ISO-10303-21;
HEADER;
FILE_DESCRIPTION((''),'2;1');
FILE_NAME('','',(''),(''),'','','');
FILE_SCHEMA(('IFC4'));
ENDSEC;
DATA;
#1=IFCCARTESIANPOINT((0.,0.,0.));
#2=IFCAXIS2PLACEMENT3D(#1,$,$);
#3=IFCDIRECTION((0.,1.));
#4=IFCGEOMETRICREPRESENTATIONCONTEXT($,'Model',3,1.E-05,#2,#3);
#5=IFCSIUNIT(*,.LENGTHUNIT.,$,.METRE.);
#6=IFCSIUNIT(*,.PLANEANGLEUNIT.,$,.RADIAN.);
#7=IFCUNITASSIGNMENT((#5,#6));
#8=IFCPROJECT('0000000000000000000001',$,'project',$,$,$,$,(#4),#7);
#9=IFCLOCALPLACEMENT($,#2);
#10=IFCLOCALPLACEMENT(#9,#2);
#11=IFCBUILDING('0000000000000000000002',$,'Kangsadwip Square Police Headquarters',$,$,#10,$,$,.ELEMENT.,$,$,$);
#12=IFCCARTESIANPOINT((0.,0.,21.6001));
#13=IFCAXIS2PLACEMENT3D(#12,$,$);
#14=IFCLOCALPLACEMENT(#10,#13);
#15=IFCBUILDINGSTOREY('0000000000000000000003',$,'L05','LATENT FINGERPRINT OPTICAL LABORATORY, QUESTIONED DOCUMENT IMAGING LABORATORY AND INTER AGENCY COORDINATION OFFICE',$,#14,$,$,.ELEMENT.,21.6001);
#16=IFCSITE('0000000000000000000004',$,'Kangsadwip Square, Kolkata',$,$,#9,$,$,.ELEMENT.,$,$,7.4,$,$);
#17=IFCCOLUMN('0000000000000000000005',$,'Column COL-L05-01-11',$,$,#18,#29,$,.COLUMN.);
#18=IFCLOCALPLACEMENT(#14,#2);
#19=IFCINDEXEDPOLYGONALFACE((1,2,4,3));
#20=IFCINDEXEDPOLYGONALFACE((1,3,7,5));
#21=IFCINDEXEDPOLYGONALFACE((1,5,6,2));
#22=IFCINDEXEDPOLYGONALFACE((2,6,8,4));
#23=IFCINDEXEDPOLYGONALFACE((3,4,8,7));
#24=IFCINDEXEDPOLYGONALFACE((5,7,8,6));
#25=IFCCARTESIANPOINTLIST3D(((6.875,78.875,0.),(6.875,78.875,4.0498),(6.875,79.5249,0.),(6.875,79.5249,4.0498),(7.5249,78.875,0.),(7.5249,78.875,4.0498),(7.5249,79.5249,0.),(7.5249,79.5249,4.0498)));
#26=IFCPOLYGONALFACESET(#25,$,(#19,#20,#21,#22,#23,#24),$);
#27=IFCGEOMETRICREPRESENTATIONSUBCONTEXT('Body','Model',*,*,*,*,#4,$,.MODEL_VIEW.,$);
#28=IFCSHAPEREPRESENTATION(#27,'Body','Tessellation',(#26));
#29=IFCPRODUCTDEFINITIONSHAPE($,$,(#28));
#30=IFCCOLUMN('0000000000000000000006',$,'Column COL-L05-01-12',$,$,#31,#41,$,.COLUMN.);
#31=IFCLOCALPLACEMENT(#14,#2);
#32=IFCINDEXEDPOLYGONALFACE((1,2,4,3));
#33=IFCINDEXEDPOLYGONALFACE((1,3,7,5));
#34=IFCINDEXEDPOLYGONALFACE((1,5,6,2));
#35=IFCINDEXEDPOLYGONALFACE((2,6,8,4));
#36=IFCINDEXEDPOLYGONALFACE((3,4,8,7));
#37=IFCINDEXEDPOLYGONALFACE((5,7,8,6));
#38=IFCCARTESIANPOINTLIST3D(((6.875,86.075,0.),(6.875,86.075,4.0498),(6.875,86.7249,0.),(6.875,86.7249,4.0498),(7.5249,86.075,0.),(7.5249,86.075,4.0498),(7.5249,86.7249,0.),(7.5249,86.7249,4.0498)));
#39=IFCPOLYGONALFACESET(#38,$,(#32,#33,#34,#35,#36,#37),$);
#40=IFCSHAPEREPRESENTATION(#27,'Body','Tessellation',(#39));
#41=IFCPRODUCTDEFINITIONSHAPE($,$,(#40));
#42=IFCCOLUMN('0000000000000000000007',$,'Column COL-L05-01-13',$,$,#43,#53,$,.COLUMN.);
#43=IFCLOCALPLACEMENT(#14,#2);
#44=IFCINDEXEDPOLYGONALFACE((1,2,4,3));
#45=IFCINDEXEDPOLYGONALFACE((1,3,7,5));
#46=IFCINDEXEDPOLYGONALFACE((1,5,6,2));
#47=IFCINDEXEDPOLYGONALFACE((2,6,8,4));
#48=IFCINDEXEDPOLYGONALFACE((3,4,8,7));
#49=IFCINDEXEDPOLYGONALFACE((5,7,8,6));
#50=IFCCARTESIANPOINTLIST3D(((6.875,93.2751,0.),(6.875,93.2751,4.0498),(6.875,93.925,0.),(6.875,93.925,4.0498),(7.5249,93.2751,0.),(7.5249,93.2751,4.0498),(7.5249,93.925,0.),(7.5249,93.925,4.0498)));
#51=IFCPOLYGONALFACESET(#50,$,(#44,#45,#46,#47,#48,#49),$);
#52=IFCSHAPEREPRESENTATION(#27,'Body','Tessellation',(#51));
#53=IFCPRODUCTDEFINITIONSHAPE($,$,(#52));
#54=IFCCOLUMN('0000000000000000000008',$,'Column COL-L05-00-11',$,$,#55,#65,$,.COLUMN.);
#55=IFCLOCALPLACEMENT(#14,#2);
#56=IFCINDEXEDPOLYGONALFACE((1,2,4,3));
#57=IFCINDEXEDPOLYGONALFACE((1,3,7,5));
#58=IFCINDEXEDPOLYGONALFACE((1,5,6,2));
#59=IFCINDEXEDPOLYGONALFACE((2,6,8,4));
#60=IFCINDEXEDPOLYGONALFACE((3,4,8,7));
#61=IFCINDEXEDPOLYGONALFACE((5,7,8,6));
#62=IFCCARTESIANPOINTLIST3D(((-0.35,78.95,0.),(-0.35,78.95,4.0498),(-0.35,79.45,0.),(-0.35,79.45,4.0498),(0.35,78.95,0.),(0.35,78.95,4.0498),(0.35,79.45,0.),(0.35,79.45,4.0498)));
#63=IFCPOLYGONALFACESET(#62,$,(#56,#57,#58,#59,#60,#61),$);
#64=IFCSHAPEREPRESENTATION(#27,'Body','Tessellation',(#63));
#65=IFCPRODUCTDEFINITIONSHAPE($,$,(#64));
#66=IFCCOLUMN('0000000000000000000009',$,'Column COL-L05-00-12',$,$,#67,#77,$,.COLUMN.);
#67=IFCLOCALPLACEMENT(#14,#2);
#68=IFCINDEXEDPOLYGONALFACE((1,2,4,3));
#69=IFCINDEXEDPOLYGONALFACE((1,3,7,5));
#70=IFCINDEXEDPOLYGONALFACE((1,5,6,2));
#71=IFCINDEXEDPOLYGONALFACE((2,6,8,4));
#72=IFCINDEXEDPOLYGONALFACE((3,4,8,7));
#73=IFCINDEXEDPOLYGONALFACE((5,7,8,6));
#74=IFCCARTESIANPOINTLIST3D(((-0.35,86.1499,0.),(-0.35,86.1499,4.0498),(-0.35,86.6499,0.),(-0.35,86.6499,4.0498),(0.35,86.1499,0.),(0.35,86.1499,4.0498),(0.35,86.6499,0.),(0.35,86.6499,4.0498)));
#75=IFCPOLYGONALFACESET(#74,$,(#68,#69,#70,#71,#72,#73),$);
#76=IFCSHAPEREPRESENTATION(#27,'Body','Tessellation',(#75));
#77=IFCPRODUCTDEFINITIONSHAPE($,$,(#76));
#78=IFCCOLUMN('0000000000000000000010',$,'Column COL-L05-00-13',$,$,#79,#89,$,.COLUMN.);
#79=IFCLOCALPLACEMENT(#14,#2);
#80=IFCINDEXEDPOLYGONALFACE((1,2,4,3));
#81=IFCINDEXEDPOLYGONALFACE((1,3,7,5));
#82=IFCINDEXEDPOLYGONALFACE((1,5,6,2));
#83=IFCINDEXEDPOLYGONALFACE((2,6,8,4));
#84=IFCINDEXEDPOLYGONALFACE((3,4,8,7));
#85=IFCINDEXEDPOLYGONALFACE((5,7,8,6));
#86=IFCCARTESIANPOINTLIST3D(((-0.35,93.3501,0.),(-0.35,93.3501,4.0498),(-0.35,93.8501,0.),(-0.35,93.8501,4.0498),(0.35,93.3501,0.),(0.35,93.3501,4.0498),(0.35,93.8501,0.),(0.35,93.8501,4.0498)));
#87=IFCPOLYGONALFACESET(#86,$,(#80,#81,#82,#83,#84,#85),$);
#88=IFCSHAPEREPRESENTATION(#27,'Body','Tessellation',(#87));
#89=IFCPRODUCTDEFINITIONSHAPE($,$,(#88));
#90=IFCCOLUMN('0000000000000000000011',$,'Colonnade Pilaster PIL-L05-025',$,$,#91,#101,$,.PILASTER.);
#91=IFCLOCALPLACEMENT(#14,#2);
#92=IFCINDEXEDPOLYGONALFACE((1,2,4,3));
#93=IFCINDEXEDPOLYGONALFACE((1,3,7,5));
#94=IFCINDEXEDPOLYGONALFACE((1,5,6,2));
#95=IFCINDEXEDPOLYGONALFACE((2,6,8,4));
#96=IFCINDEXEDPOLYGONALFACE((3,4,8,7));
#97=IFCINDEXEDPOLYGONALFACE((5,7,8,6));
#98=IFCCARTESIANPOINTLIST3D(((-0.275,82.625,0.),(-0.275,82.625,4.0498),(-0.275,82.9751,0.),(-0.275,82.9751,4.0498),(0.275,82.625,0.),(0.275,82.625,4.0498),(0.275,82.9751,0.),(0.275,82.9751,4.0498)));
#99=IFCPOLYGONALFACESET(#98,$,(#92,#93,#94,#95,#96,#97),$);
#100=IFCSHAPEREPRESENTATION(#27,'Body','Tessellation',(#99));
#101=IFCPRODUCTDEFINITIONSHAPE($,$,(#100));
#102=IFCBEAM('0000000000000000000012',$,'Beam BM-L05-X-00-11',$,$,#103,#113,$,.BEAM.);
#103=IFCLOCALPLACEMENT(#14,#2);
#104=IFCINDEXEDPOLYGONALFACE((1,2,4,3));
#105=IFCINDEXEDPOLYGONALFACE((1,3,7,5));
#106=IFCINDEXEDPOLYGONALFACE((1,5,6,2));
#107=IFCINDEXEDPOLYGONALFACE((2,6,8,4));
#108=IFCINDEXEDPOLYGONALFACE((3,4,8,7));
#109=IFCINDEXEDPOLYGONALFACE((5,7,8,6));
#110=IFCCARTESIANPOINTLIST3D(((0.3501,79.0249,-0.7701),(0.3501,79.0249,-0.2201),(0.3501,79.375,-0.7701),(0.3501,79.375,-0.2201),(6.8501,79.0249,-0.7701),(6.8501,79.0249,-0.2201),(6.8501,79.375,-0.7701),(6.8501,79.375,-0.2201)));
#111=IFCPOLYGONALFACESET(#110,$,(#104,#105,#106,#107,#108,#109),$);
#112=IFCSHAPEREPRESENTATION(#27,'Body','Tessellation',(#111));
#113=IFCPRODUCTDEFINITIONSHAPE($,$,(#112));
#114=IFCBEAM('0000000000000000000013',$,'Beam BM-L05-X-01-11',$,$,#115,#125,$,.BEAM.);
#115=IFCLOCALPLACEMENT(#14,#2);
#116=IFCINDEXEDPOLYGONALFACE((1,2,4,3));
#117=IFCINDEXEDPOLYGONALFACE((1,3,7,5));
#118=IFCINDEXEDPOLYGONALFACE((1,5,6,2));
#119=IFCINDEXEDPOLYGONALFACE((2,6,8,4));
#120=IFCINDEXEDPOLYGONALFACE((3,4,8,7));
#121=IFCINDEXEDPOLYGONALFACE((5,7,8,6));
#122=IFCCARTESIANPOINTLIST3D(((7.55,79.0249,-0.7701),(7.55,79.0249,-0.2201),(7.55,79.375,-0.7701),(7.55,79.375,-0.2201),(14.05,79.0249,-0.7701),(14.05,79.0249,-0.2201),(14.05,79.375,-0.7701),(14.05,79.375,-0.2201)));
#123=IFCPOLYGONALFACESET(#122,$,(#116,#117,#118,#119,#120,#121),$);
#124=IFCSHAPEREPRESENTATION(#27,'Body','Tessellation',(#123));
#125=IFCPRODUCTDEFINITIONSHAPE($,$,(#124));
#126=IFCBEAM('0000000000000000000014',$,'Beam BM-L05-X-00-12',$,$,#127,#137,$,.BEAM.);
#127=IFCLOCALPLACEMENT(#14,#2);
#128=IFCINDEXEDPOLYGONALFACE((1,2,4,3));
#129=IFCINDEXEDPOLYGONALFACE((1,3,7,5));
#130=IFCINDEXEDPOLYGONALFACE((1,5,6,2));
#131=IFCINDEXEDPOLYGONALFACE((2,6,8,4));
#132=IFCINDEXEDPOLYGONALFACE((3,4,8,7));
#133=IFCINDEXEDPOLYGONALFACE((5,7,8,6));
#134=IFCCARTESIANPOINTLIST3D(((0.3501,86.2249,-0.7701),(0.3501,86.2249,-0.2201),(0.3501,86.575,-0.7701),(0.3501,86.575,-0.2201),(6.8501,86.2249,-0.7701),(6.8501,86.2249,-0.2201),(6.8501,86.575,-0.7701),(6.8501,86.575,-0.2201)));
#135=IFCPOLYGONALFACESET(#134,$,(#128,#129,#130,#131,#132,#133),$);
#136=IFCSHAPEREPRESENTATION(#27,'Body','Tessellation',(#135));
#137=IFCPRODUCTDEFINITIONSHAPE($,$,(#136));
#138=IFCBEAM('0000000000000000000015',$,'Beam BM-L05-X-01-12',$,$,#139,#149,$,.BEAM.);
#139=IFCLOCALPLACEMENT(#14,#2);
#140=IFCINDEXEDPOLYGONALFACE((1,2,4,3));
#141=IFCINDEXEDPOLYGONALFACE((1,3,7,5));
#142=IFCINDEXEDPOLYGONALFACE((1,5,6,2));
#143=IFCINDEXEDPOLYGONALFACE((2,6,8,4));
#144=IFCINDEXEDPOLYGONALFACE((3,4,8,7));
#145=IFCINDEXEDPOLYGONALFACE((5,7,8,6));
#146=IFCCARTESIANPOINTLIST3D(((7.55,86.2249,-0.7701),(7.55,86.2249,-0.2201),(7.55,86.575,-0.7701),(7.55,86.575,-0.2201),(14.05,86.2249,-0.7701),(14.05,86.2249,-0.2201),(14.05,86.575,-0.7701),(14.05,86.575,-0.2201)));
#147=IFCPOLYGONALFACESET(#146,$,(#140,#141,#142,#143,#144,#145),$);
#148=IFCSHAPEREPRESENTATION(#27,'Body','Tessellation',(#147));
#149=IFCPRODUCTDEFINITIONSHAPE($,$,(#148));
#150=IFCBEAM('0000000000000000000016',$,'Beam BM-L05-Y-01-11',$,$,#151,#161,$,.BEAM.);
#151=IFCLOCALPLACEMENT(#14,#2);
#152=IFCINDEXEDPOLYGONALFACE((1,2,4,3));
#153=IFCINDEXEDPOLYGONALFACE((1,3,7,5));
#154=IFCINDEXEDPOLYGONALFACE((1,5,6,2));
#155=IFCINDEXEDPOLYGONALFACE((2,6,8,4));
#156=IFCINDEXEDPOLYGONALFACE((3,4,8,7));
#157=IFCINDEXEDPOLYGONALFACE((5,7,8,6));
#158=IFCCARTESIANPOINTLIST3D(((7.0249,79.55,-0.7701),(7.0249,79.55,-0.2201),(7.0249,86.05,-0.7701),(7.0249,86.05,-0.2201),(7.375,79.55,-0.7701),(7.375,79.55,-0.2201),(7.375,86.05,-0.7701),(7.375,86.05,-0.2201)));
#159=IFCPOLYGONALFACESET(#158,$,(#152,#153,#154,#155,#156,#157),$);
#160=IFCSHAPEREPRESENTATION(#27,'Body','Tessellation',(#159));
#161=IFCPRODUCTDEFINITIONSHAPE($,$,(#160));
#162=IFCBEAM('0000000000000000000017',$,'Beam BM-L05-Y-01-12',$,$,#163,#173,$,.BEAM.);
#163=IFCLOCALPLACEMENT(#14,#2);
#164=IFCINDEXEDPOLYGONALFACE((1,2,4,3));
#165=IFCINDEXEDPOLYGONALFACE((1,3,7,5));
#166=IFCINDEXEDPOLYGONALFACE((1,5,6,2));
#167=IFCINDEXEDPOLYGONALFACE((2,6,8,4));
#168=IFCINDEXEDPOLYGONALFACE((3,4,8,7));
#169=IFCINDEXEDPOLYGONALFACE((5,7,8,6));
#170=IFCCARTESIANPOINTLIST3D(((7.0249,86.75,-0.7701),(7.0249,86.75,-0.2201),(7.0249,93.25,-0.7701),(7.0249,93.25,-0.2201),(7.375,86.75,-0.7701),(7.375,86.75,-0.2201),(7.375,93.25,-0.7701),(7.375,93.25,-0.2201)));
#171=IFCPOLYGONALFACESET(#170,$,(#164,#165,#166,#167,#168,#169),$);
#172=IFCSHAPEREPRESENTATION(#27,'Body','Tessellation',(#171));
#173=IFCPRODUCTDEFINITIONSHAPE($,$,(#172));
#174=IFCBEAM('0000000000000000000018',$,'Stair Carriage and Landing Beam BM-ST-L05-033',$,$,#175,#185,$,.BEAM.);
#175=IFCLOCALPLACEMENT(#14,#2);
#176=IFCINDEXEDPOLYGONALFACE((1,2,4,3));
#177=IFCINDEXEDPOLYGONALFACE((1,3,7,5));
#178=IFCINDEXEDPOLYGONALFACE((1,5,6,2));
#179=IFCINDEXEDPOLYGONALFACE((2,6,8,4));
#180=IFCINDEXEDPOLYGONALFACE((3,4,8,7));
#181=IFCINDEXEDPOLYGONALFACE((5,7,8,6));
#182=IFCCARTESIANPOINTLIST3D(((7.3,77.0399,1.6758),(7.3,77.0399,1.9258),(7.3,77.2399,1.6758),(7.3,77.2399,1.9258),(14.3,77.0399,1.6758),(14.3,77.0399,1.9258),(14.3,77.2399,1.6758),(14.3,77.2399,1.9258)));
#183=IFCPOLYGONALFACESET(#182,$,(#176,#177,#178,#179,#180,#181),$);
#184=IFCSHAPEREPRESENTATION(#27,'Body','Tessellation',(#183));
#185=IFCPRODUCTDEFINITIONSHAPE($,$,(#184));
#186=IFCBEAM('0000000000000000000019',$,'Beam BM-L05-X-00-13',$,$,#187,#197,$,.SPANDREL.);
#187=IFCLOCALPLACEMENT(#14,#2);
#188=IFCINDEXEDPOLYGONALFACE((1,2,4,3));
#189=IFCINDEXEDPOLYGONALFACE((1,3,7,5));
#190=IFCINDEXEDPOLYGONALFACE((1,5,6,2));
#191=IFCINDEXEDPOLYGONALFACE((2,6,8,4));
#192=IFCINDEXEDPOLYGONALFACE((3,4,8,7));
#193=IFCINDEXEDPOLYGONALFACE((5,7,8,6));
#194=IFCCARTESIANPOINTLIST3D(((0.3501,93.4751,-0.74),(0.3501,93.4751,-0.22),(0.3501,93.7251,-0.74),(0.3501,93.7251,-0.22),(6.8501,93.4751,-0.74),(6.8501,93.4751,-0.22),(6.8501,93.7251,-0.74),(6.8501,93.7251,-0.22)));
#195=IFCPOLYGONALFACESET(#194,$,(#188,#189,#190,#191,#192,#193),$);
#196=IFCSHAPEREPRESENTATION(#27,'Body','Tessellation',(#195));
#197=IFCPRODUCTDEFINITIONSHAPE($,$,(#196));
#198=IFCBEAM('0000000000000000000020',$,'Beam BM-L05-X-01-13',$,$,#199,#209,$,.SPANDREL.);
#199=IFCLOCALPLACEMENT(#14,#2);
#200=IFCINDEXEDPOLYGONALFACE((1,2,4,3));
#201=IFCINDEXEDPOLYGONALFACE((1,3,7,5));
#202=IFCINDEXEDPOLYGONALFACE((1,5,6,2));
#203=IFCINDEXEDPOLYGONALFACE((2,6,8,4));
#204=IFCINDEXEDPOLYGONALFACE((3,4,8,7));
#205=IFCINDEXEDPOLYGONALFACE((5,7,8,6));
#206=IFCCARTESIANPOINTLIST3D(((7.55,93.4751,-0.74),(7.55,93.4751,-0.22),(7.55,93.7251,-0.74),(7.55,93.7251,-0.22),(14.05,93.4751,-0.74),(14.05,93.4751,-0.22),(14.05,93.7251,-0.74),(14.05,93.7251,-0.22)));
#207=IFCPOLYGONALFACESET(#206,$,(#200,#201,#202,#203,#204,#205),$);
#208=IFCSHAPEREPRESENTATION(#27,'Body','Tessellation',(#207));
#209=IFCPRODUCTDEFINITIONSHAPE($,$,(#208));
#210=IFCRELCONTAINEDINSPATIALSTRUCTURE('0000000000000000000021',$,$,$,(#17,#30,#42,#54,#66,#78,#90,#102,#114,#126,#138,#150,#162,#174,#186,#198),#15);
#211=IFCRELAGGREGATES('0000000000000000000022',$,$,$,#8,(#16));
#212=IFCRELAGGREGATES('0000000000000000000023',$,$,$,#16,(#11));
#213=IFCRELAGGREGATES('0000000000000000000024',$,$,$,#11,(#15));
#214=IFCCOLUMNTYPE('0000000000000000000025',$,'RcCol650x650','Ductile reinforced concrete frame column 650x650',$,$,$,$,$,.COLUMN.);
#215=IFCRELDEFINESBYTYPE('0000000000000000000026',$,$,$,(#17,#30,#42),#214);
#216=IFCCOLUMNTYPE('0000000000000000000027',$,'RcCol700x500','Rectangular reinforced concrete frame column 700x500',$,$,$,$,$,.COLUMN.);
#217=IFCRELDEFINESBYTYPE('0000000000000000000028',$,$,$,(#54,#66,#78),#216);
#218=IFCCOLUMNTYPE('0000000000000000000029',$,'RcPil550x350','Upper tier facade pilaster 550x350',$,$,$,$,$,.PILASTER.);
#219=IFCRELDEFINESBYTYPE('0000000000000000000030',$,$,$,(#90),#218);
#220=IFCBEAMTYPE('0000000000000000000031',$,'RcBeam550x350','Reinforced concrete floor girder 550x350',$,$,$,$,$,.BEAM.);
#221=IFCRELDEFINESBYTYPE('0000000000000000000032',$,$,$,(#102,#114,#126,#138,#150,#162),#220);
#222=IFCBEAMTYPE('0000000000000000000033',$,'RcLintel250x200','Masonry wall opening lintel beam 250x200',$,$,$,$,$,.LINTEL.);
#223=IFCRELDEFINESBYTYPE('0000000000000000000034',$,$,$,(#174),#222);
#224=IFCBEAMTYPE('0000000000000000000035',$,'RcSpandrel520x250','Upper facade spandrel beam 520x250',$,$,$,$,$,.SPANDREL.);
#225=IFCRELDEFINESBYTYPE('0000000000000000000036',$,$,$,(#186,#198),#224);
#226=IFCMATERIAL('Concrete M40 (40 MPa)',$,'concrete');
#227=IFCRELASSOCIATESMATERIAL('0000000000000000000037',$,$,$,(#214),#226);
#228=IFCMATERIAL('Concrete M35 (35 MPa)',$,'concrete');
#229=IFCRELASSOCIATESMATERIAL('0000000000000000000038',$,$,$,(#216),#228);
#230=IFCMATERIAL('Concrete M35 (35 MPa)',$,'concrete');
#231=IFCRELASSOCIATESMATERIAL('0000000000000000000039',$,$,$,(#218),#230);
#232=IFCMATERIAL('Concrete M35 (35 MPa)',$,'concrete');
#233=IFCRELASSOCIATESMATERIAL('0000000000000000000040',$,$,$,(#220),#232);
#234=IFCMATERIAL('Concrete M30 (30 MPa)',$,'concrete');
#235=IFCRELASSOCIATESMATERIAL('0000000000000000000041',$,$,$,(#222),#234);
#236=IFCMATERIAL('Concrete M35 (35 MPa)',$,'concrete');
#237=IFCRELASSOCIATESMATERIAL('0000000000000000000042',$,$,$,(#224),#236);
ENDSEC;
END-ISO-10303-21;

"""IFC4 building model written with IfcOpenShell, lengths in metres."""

from ifc_helpers import new_model, si_unit, direction, frame, origin, origin_2d, place, context, subcontext, project, spatial, rectangle, extrude, material, material_profile, profile_set, type_object, element, save


model = new_model("IFC4")

# Units and contexts
model_context = context("Model", 3, precision=1e-05, world=origin(), true_north=direction((0.0, 1.0)))
body_context = subcontext(model_context, "Body", "Model", "MODEL_VIEW")
ifc_project = project(units=[si_unit("LENGTHUNIT", "METRE"), si_unit("PLANEANGLEUNIT", "RADIAN")], contexts=[model_context])

# Site, building, storey
site_placement = place(None, origin())
site = spatial("IfcSite", under=ifc_project, at=site_placement, Name="Kangsadwip Square, Kolkata", CompositionType="ELEMENT", RefElevation=7.4)
building_placement = place(site_placement, origin())
building = spatial("IfcBuilding", under=site, at=building_placement, Name="Kangsadwip Square Police Headquarters", CompositionType="ELEMENT")
storey_placement = place(building_placement, frame((0.0, 0.0, 21.6001)))
storey = spatial("IfcBuildingStorey", under=building, at=storey_placement, Name="L05", Description="LATENT FINGERPRINT OPTICAL LABORATORY, QUESTIONED DOCUMENT IMAGING LABORATORY AND INTER AGENCY COORDINATION OFFICE", CompositionType="ELEMENT", Elevation=21.6001)

# Columns
ifc_material_1 = material(Name="Concrete M40 (40 MPa)", Category="concrete")
ifc_material_profile_1 = material_profile(ifc_material_1, rectangle(XDim=0.6499, YDim=0.6499, at=origin_2d()), Name="RC COL 650X650")
ifc_profile_set_1 = profile_set([ifc_material_profile_1], Name="Concrete M40 (40 MPa)")
column_type_1 = type_object("IfcColumnType", Name="RcCol650x650", Description="Ductile reinforced concrete frame column 650x650", PredefinedType="COLUMN", material=ifc_profile_set_1)
for number, where, z_axis, x_axis, name in (
    (1, (7.2, 79.2, 0.0), (0.0, 0.0, 1.0), (1.0, 0.0, 0.0), "Column COL-L05-01-11"),
    (2, (7.2, 86.3999, 0.0), (0.0, 0.0, 1.0), (1.0, 0.0, 0.0), "Column COL-L05-01-12"),
    (3, (7.2, 93.6001, 0.0), (0.0, 0.0, 1.0), (1.0, 0.0, 0.0), "Column COL-L05-01-13"),
):
    element("IfcColumn", number, at=place(storey_placement, frame(where, z_axis=z_axis, x_axis=x_axis)), inside=storey, type_object=column_type_1, Name=name, PredefinedType="COLUMN", context=body_context, shape_type="SweptSolid", body=[
        extrude(rectangle(XDim=0.6499, YDim=0.6499, at=origin_2d()), origin(), (0.0, 0.0, 1.0), 4.0498),
    ])
ifc_material_2 = material(Name="Concrete M35 (35 MPa)", Category="concrete")
ifc_material_profile_2 = material_profile(ifc_material_2, rectangle(XDim=0.5, YDim=0.7, at=origin_2d()), Name="RC COL 700X500")
ifc_profile_set_2 = profile_set([ifc_material_profile_2], Name="Concrete M35 (35 MPa)")
column_type_2 = type_object("IfcColumnType", Name="RcCol700x500", Description="Rectangular reinforced concrete frame column 700x500", PredefinedType="COLUMN", material=ifc_profile_set_2)
for number, where, z_axis, x_axis, name in (
    (4, (0.0, 79.2, 0.0), (0.0, 0.0, 1.0), (0.0, 1.0, 0.0), "Column COL-L05-00-11"),
    (5, (0.0, 86.3999, 0.0), (0.0, 0.0, 1.0), (0.0, 1.0, 0.0), "Column COL-L05-00-12"),
    (6, (0.0, 93.6001, 0.0), (0.0, 0.0, 1.0), (0.0, 1.0, 0.0), "Column COL-L05-00-13"),
):
    element("IfcColumn", number, at=place(storey_placement, frame(where, z_axis=z_axis, x_axis=x_axis)), inside=storey, type_object=column_type_2, Name=name, PredefinedType="COLUMN", context=body_context, shape_type="SweptSolid", body=[
        extrude(rectangle(XDim=0.5, YDim=0.7, at=origin_2d()), origin(), (0.0, 0.0, 1.0), 4.0498),
    ])
ifc_material_3 = material(Name="Concrete M35 (35 MPa)", Category="concrete")
ifc_material_profile_3 = material_profile(ifc_material_3, rectangle(XDim=0.3501, YDim=0.55, at=origin_2d()), Name="RC PIL 550X350")
ifc_profile_set_3 = profile_set([ifc_material_profile_3], Name="Concrete M35 (35 MPa)")
column_type_3 = type_object("IfcColumnType", Name="RcPil550x350", Description="Upper tier facade pilaster 550x350", PredefinedType="PILASTER", material=ifc_profile_set_3)
column_placement = place(storey_placement, frame((0.0, 82.8, 0.0), z_axis=(0.0, 0.0, 1.0), x_axis=(0.0, 1.0, 0.0)))
element("IfcColumn", 7, at=column_placement, inside=storey, type_object=column_type_3, Name="Colonnade Pilaster PIL-L05-025", PredefinedType="PILASTER", context=body_context, shape_type="SweptSolid", body=[
    extrude(rectangle(XDim=0.3501, YDim=0.55, at=origin_2d()), origin(), (0.0, 0.0, 1.0), 4.0498),
])

# Beams
ifc_material_4 = material(Name="Concrete M35 (35 MPa)", Category="concrete")
ifc_material_profile_4 = material_profile(ifc_material_4, rectangle(XDim=0.3501, YDim=0.55, at=origin_2d()), Name="RC BM 550X350")
ifc_profile_set_4 = profile_set([ifc_material_profile_4], Name="Concrete M35 (35 MPa)")
beam_type_1 = type_object("IfcBeamType", Name="RcBeam550x350", Description="Reinforced concrete floor girder 550x350", PredefinedType="BEAM", material=ifc_profile_set_4)
for number, where, z_axis, x_axis, name in (
    (8, (0.3501, 79.2, -0.4951), (1.0, 0.0, 0.0), (0.0, 1.0, 0.0), "Beam BM-L05-X-00-11"),
    (9, (7.55, 79.2, -0.4951), (1.0, 0.0, 0.0), (0.0, 1.0, 0.0), "Beam BM-L05-X-01-11"),
    (10, (0.3501, 86.3999, -0.4951), (1.0, 0.0, 0.0), (0.0, 1.0, 0.0), "Beam BM-L05-X-00-12"),
    (11, (7.55, 86.3999, -0.4951), (1.0, 0.0, 0.0), (0.0, 1.0, 0.0), "Beam BM-L05-X-01-12"),
    (12, (7.2, 79.55, -0.4951), (0.0, 1.0, 0.0), (-1.0, 0.0, 0.0), "Beam BM-L05-Y-01-11"),
    (13, (7.2, 86.75, -0.4951), (0.0, 1.0, 0.0), (-1.0, 0.0, 0.0), "Beam BM-L05-Y-01-12"),
):
    element("IfcBeam", number, at=place(storey_placement, frame(where, z_axis=z_axis, x_axis=x_axis)), inside=storey, type_object=beam_type_1, Name=name, PredefinedType="BEAM", context=body_context, shape_type="SweptSolid", body=[
        extrude(rectangle(XDim=0.3501, YDim=0.55, at=origin_2d()), origin(), (0.0, 0.0, 1.0), 6.5),
    ])
ifc_material_5 = material(Name="Concrete M30 (30 MPa)", Category="concrete")
ifc_material_profile_5 = material_profile(ifc_material_5, rectangle(XDim=0.2, YDim=0.25, at=origin_2d()), Name="RC LNT 250X200")
ifc_profile_set_5 = profile_set([ifc_material_profile_5], Name="Concrete M30 (30 MPa)")
beam_type_2 = type_object("IfcBeamType", Name="RcLintel250x200", Description="Masonry wall opening lintel beam 250x200", PredefinedType="LINTEL", material=ifc_profile_set_5)
beam_1_placement = place(storey_placement, frame((7.3, 77.1399, 1.8008), z_axis=(1.0, 0.0, 0.0), x_axis=(0.0, 1.0, 0.0)))
element("IfcBeam", 14, at=beam_1_placement, inside=storey, type_object=beam_type_2, Name="Stair Carriage and Landing Beam BM-ST-L05-033", PredefinedType="BEAM", context=body_context, shape_type="SweptSolid", body=[
    extrude(rectangle(XDim=0.2, YDim=0.25, at=origin_2d()), origin(), (0.0, 0.0, 1.0), 7.0),
])
ifc_material_6 = material(Name="Concrete M35 (35 MPa)", Category="concrete")
ifc_material_profile_6 = material_profile(ifc_material_6, rectangle(XDim=0.25, YDim=0.52, at=origin_2d()), Name="RC SPN 520X250")
ifc_profile_set_6 = profile_set([ifc_material_profile_6], Name="Concrete M35 (35 MPa)")
beam_type_3 = type_object("IfcBeamType", Name="RcSpandrel520x250", Description="Upper facade spandrel beam 520x250", PredefinedType="SPANDREL", material=ifc_profile_set_6)
for number, where, z_axis, x_axis, name in (
    (15, (0.3501, 93.6001, -0.48), (1.0, 0.0, 0.0), (0.0, 1.0, 0.0), "Beam BM-L05-X-00-13"),
    (16, (7.55, 93.6001, -0.48), (1.0, 0.0, 0.0), (0.0, 1.0, 0.0), "Beam BM-L05-X-01-13"),
):
    element("IfcBeam", number, at=place(storey_placement, frame(where, z_axis=z_axis, x_axis=x_axis)), inside=storey, type_object=beam_type_3, Name=name, PredefinedType="SPANDREL", context=body_context, shape_type="SweptSolid", body=[
        extrude(rectangle(XDim=0.25, YDim=0.52, at=origin_2d()), origin(), (0.0, 0.0, 1.0), 6.5),
    ])

save(model, "model.ifc")
